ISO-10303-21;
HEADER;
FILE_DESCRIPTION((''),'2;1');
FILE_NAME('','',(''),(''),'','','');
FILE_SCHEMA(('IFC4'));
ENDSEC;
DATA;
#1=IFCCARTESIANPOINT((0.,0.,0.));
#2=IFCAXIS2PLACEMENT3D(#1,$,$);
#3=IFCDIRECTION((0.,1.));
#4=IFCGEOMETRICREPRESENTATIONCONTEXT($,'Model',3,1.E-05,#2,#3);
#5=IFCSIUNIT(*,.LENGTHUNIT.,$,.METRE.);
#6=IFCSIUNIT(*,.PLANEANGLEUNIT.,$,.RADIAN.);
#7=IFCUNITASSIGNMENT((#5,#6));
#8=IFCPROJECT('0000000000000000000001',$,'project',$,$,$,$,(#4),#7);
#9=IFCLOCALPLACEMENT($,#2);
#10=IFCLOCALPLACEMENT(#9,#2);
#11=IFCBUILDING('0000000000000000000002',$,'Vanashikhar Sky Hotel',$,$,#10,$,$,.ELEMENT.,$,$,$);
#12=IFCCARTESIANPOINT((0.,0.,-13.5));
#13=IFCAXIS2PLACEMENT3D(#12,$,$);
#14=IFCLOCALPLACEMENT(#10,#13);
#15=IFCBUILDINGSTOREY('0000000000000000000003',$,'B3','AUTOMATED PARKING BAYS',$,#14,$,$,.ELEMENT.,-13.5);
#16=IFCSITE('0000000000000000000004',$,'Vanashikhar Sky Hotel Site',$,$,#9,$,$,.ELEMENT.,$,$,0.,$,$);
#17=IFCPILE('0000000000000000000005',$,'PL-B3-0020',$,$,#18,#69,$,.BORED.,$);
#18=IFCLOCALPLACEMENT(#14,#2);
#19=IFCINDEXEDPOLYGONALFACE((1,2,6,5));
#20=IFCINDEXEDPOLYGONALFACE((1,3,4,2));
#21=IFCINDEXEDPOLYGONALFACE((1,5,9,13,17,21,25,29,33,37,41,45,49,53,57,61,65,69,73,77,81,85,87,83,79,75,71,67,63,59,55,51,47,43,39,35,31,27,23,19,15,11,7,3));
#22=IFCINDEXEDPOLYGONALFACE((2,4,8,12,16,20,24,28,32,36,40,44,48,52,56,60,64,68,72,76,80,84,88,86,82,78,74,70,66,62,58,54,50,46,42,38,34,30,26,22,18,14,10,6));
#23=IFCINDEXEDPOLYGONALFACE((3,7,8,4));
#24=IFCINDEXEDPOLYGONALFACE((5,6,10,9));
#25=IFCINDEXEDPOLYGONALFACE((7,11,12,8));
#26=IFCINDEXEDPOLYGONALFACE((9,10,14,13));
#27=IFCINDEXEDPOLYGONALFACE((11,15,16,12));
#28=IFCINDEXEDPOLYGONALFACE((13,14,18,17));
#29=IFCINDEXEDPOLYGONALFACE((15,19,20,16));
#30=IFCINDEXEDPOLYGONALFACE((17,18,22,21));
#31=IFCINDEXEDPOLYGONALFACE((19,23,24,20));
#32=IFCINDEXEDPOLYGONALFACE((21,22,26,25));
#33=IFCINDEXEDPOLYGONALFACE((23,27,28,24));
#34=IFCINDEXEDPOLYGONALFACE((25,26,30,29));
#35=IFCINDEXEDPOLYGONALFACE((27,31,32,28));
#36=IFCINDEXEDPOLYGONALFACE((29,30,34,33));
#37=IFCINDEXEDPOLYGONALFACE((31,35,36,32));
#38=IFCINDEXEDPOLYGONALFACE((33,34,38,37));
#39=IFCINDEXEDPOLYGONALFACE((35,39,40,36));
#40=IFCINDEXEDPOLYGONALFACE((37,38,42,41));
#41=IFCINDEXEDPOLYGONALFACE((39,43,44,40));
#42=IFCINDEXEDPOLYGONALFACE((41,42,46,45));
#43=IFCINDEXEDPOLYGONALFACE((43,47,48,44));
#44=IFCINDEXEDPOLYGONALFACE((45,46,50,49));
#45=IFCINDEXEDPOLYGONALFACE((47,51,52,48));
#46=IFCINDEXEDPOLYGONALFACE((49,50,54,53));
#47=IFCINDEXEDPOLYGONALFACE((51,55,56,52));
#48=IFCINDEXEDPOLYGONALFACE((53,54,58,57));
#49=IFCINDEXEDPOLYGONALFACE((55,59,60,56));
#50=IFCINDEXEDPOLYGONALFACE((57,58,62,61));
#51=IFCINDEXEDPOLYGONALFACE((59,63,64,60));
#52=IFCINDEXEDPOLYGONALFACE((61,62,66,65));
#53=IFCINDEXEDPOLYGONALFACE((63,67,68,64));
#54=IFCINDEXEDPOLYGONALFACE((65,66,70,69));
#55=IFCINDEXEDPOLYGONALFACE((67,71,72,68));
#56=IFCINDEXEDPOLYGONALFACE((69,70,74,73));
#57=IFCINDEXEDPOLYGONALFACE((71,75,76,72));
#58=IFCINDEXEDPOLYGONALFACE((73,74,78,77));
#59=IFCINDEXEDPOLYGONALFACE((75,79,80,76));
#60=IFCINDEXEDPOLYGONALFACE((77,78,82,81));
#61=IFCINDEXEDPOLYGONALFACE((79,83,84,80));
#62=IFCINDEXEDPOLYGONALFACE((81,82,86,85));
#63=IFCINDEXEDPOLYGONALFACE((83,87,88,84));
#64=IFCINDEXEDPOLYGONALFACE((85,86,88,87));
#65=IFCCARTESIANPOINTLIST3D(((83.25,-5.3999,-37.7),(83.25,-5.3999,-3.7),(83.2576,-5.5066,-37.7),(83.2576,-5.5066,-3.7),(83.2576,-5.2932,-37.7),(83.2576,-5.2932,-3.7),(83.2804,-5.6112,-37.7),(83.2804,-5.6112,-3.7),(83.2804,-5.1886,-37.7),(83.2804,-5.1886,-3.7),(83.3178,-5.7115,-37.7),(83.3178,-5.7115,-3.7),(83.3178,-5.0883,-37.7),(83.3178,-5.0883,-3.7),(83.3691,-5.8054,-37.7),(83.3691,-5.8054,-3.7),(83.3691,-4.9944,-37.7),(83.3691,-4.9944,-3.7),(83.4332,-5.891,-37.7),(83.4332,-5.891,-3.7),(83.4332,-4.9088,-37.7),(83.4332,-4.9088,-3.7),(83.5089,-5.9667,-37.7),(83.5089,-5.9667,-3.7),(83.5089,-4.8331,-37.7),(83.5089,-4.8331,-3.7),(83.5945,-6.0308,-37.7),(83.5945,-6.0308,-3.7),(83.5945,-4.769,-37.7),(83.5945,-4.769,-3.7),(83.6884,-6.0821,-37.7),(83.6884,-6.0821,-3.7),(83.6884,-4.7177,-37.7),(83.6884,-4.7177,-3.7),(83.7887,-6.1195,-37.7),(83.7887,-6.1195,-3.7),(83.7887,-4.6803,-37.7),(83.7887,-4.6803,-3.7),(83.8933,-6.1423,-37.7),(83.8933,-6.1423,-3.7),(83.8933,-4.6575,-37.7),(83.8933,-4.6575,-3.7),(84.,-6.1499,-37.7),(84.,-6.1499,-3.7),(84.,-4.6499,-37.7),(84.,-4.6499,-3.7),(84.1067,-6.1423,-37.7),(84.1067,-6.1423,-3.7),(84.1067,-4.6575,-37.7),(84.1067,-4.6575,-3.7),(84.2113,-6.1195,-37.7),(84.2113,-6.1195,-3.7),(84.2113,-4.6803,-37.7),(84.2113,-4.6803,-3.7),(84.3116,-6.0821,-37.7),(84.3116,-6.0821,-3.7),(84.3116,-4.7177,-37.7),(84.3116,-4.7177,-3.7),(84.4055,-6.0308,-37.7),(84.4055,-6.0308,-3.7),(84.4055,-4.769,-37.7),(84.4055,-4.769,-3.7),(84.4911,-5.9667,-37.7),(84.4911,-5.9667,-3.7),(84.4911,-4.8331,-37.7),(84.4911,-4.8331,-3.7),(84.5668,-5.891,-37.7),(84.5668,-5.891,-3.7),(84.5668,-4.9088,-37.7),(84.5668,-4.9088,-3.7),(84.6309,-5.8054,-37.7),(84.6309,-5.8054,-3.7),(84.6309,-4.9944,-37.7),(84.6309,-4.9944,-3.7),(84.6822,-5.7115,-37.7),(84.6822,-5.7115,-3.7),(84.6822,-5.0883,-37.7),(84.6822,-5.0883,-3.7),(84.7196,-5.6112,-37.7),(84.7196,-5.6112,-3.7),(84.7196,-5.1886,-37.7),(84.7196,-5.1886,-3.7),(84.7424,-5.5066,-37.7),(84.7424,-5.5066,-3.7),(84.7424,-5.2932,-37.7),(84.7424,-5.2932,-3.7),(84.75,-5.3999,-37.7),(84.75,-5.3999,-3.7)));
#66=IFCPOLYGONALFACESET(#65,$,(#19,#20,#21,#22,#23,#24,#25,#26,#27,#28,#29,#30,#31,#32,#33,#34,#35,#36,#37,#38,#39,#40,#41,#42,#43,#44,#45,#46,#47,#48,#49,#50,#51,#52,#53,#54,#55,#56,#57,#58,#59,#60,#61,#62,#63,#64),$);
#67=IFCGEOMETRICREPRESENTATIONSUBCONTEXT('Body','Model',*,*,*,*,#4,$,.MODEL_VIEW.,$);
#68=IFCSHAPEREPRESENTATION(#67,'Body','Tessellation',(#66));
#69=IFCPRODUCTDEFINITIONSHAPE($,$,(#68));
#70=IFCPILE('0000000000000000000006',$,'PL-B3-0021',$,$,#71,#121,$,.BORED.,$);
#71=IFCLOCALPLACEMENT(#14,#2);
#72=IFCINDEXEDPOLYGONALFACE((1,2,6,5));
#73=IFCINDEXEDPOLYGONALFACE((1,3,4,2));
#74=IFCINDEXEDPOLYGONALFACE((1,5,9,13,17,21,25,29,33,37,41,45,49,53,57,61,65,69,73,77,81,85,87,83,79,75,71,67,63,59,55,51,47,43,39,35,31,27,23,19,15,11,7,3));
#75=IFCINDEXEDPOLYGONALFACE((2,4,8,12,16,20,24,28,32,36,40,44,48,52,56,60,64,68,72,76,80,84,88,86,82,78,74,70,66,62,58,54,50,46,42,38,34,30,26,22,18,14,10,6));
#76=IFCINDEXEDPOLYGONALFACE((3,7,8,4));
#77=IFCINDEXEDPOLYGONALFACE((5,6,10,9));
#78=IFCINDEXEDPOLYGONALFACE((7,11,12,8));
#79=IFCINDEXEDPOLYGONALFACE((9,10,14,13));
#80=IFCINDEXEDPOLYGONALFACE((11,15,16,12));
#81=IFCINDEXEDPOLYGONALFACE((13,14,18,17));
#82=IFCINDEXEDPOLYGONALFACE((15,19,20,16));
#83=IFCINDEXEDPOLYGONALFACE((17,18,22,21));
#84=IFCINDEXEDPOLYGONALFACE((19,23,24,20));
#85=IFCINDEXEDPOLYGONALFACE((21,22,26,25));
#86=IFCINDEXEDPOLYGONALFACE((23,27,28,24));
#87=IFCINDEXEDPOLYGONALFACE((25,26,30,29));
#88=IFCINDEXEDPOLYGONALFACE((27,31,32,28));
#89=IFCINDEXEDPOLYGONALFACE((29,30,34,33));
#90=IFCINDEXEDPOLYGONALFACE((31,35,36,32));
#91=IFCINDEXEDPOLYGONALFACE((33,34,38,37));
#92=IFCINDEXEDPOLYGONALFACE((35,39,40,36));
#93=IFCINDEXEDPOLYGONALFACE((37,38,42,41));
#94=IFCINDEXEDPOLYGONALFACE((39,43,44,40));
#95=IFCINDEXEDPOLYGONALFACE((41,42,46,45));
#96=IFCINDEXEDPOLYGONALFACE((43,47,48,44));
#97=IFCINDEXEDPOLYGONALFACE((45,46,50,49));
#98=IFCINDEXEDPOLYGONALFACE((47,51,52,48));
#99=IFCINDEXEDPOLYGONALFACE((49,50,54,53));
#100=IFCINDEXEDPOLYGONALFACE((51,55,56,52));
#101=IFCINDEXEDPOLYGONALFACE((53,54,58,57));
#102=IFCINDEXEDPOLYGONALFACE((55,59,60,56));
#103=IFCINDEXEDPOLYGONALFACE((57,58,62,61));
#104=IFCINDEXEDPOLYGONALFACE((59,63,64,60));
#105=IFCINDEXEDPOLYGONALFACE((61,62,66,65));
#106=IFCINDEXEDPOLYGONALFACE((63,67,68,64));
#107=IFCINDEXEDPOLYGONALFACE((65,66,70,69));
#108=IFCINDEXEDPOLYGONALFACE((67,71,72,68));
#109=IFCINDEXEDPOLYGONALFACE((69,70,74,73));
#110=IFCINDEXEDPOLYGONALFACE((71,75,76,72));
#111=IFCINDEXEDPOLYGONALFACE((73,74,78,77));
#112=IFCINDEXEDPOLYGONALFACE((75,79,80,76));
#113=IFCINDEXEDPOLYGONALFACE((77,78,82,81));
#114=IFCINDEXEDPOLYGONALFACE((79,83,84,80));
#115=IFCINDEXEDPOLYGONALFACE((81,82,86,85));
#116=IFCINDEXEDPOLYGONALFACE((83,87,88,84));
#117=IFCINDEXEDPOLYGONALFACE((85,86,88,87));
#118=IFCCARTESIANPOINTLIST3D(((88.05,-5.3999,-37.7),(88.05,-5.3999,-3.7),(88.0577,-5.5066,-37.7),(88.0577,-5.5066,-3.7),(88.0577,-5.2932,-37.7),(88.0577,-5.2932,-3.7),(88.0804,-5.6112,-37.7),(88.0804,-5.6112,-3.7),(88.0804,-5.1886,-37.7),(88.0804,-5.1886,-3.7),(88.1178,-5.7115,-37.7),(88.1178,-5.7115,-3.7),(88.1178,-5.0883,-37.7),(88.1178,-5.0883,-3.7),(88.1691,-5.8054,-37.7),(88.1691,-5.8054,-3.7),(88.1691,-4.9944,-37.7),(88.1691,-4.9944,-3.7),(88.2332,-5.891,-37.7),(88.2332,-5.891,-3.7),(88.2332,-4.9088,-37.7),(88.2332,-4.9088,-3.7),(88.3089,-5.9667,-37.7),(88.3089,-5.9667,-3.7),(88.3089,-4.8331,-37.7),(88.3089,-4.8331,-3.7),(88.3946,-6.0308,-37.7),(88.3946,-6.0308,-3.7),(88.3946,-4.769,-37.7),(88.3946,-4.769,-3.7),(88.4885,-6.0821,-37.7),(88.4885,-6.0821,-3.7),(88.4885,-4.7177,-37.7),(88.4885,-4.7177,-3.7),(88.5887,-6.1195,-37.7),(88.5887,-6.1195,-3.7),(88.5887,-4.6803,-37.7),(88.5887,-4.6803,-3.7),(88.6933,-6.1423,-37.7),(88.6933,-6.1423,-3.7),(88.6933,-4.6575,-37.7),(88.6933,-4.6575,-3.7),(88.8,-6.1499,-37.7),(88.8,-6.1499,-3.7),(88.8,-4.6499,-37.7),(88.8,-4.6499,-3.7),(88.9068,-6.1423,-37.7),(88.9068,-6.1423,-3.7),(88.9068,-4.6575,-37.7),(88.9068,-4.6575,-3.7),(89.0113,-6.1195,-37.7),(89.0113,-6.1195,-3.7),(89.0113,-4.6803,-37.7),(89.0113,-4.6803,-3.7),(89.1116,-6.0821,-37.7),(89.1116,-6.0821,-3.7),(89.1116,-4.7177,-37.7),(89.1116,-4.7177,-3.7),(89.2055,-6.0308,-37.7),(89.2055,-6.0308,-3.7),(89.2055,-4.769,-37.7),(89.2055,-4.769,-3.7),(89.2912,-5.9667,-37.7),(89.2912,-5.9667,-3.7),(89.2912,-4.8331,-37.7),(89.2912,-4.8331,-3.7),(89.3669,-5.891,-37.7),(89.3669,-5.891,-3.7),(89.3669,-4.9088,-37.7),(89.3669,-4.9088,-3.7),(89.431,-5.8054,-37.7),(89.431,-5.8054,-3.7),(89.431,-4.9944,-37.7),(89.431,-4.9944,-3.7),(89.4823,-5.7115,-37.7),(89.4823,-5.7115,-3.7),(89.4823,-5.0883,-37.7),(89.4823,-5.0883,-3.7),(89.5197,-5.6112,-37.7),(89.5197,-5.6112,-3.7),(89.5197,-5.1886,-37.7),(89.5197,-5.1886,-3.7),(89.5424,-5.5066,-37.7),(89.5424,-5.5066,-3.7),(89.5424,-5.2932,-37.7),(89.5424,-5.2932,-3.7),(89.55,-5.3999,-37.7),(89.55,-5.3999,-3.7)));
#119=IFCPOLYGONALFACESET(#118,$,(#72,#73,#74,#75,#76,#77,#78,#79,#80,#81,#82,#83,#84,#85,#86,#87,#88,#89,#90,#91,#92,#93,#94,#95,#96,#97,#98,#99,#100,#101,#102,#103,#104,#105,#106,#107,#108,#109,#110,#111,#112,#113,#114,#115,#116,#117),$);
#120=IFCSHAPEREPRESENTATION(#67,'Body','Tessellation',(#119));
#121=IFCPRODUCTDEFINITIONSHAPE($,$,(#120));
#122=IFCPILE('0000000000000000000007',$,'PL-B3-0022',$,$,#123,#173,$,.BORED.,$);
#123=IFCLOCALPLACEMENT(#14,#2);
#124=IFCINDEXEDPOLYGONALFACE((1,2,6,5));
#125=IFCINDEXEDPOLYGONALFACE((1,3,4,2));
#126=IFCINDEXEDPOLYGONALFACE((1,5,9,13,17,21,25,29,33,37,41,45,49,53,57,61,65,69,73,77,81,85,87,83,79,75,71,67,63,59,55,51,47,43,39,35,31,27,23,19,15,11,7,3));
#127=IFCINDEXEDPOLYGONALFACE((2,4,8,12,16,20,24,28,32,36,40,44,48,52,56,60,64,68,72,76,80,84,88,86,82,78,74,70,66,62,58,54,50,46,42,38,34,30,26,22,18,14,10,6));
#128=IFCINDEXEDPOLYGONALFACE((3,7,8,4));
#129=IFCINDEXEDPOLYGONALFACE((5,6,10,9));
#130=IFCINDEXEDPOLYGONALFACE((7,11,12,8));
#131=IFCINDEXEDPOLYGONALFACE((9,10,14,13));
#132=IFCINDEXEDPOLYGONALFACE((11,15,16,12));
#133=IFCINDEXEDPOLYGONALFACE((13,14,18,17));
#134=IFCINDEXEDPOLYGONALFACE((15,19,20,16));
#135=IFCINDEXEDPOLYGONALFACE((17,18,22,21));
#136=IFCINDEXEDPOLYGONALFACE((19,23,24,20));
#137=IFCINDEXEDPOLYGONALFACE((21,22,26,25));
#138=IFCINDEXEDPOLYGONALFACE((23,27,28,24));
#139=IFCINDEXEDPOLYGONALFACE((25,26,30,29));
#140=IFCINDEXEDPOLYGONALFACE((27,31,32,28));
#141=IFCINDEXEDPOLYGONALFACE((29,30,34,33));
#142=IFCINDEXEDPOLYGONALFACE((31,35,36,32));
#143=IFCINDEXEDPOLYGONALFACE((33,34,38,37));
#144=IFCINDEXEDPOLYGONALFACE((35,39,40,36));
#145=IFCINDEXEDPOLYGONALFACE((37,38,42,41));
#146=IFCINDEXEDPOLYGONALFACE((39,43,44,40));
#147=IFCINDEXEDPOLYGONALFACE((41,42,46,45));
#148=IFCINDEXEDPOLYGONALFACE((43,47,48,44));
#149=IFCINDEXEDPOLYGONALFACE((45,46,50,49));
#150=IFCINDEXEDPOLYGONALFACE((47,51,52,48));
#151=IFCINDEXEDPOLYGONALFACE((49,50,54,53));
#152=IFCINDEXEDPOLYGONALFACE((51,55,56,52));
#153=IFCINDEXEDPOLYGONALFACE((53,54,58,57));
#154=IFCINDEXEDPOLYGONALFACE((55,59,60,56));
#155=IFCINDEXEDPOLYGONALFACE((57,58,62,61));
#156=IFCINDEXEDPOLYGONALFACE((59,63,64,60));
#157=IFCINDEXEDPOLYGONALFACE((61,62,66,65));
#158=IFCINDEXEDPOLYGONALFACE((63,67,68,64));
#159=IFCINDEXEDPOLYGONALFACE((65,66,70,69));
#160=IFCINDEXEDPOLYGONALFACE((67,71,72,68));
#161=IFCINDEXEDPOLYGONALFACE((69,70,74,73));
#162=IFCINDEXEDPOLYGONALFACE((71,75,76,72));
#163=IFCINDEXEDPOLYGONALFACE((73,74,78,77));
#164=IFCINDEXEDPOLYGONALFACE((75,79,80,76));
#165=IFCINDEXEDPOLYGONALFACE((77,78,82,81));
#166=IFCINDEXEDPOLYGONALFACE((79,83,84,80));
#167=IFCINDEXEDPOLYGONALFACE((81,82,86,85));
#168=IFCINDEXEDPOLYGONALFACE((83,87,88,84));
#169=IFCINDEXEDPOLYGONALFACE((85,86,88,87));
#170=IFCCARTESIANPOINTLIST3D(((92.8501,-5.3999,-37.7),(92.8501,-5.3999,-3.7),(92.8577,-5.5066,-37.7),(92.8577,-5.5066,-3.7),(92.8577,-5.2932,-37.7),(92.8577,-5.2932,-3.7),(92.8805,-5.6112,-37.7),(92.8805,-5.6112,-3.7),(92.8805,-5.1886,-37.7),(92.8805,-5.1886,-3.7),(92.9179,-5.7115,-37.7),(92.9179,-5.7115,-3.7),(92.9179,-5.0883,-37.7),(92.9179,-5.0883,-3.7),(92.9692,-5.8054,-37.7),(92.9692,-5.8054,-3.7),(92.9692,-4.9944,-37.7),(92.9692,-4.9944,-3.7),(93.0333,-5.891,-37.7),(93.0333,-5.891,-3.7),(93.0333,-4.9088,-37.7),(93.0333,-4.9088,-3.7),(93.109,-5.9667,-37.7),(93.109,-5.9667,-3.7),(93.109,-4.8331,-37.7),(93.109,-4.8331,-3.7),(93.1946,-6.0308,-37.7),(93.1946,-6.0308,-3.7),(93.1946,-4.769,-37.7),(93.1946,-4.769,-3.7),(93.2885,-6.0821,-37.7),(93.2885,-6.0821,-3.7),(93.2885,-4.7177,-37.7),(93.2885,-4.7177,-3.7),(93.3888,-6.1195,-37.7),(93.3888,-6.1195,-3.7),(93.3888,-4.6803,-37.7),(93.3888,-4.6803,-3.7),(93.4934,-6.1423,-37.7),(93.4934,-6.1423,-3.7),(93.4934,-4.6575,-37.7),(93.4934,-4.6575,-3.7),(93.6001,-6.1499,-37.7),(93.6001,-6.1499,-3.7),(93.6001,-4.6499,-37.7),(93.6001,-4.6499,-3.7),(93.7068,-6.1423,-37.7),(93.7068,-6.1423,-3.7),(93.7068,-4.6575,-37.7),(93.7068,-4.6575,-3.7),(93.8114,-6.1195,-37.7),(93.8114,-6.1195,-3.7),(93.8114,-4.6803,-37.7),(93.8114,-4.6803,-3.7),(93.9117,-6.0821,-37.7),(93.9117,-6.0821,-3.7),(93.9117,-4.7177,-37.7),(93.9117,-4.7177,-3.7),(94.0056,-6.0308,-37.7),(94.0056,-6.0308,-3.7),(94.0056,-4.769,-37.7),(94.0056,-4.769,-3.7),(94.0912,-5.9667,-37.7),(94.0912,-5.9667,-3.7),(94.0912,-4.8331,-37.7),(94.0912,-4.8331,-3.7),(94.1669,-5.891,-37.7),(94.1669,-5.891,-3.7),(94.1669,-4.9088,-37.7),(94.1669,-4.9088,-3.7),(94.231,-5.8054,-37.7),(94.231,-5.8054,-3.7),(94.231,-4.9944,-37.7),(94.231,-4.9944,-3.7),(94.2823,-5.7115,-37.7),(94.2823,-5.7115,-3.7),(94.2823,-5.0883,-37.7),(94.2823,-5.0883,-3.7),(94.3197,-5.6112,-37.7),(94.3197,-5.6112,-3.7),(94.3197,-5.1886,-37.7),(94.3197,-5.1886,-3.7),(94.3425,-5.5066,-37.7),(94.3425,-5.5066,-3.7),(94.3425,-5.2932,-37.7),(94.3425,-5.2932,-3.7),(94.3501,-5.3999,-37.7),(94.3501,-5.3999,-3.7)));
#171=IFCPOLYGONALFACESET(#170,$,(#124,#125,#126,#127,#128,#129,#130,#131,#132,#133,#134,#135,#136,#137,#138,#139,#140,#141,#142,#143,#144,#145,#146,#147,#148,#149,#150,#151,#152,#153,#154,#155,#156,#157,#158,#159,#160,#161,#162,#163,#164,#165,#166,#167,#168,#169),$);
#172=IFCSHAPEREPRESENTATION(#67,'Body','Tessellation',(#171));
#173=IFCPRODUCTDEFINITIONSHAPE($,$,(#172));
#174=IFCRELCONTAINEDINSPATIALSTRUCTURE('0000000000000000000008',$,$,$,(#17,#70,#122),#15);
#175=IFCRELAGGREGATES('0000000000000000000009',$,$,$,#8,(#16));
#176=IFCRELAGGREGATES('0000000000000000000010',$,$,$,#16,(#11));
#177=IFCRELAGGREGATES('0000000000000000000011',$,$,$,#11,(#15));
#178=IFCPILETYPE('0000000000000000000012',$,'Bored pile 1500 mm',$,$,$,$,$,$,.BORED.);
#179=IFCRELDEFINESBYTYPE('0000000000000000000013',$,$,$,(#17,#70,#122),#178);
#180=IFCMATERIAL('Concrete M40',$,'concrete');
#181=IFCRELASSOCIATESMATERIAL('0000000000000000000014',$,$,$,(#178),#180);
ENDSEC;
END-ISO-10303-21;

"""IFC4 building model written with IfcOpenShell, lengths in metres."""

from ifc_helpers import new_model, si_unit, direction, frame, origin, origin_2d, place, context, subcontext, project, spatial, circle, extrude, source, transform, mapped, material, type_object, element, save


model = new_model("IFC4")

# Units and contexts
model_context = context("Model", 3, precision=1e-05, world=origin(), true_north=direction((0.0, 1.0)))
body_context = subcontext(model_context, "Body", "Model", "MODEL_VIEW")
ifc_project = project(units=[si_unit("LENGTHUNIT", "METRE"), si_unit("PLANEANGLEUNIT", "RADIAN")], contexts=[model_context])

# Site, building, storey
site_placement = place(None, origin())
site = spatial("IfcSite", under=ifc_project, at=site_placement, Name="Vanashikhar Sky Hotel Site", CompositionType="ELEMENT", RefElevation=0.0)
building_placement = place(site_placement, origin())
building = spatial("IfcBuilding", under=site, at=building_placement, Name="Vanashikhar Sky Hotel", CompositionType="ELEMENT")
storey_placement = place(building_placement, frame((0.0, 0.0, -13.5)))
storey = spatial("IfcBuildingStorey", under=building, at=storey_placement, Name="B3", Description="AUTOMATED PARKING BAYS", CompositionType="ELEMENT", Elevation=-13.5)

# Piles
ifc_material_1 = material(Name="Concrete M40", Category="concrete")
pile_type_1 = type_object("IfcPileType", Name="Bored pile 1500 mm", PredefinedType="BORED", material=ifc_material_1)
shared_shape_1 = source(origin(), body_context, "Body", "SweptSolid", [
    extrude(circle(Radius=0.75, at=origin_2d()), origin(), (0.0, 0.0, 1.0), 34.0),
])
for number, where, z_axis, x_axis, name in (
    (1, (84.0, -5.3999, -3.7), (0.0, 0.0, -1.0), (1.0, 0.0, 0.0), "PL-B3-0020"),
    (2, (88.8, -5.3999, -3.7), (0.0, 0.0, -1.0), (1.0, 0.0, 0.0), "PL-B3-0021"),
    (3, (93.6001, -5.3999, -3.7), (0.0, 0.0, -1.0), (1.0, 0.0, 0.0), "PL-B3-0022"),
):
    element("IfcPile", number, at=place(storey_placement, frame(where, z_axis=z_axis, x_axis=x_axis)), inside=storey, type_object=pile_type_1, Name=name, PredefinedType="BORED", context=body_context, shape_type="MappedRepresentation", body=[
        mapped(shared_shape_1, transform((0.0, 0.0, 0.0), scale=1.0)),
    ])

save(model, "model.ifc")
